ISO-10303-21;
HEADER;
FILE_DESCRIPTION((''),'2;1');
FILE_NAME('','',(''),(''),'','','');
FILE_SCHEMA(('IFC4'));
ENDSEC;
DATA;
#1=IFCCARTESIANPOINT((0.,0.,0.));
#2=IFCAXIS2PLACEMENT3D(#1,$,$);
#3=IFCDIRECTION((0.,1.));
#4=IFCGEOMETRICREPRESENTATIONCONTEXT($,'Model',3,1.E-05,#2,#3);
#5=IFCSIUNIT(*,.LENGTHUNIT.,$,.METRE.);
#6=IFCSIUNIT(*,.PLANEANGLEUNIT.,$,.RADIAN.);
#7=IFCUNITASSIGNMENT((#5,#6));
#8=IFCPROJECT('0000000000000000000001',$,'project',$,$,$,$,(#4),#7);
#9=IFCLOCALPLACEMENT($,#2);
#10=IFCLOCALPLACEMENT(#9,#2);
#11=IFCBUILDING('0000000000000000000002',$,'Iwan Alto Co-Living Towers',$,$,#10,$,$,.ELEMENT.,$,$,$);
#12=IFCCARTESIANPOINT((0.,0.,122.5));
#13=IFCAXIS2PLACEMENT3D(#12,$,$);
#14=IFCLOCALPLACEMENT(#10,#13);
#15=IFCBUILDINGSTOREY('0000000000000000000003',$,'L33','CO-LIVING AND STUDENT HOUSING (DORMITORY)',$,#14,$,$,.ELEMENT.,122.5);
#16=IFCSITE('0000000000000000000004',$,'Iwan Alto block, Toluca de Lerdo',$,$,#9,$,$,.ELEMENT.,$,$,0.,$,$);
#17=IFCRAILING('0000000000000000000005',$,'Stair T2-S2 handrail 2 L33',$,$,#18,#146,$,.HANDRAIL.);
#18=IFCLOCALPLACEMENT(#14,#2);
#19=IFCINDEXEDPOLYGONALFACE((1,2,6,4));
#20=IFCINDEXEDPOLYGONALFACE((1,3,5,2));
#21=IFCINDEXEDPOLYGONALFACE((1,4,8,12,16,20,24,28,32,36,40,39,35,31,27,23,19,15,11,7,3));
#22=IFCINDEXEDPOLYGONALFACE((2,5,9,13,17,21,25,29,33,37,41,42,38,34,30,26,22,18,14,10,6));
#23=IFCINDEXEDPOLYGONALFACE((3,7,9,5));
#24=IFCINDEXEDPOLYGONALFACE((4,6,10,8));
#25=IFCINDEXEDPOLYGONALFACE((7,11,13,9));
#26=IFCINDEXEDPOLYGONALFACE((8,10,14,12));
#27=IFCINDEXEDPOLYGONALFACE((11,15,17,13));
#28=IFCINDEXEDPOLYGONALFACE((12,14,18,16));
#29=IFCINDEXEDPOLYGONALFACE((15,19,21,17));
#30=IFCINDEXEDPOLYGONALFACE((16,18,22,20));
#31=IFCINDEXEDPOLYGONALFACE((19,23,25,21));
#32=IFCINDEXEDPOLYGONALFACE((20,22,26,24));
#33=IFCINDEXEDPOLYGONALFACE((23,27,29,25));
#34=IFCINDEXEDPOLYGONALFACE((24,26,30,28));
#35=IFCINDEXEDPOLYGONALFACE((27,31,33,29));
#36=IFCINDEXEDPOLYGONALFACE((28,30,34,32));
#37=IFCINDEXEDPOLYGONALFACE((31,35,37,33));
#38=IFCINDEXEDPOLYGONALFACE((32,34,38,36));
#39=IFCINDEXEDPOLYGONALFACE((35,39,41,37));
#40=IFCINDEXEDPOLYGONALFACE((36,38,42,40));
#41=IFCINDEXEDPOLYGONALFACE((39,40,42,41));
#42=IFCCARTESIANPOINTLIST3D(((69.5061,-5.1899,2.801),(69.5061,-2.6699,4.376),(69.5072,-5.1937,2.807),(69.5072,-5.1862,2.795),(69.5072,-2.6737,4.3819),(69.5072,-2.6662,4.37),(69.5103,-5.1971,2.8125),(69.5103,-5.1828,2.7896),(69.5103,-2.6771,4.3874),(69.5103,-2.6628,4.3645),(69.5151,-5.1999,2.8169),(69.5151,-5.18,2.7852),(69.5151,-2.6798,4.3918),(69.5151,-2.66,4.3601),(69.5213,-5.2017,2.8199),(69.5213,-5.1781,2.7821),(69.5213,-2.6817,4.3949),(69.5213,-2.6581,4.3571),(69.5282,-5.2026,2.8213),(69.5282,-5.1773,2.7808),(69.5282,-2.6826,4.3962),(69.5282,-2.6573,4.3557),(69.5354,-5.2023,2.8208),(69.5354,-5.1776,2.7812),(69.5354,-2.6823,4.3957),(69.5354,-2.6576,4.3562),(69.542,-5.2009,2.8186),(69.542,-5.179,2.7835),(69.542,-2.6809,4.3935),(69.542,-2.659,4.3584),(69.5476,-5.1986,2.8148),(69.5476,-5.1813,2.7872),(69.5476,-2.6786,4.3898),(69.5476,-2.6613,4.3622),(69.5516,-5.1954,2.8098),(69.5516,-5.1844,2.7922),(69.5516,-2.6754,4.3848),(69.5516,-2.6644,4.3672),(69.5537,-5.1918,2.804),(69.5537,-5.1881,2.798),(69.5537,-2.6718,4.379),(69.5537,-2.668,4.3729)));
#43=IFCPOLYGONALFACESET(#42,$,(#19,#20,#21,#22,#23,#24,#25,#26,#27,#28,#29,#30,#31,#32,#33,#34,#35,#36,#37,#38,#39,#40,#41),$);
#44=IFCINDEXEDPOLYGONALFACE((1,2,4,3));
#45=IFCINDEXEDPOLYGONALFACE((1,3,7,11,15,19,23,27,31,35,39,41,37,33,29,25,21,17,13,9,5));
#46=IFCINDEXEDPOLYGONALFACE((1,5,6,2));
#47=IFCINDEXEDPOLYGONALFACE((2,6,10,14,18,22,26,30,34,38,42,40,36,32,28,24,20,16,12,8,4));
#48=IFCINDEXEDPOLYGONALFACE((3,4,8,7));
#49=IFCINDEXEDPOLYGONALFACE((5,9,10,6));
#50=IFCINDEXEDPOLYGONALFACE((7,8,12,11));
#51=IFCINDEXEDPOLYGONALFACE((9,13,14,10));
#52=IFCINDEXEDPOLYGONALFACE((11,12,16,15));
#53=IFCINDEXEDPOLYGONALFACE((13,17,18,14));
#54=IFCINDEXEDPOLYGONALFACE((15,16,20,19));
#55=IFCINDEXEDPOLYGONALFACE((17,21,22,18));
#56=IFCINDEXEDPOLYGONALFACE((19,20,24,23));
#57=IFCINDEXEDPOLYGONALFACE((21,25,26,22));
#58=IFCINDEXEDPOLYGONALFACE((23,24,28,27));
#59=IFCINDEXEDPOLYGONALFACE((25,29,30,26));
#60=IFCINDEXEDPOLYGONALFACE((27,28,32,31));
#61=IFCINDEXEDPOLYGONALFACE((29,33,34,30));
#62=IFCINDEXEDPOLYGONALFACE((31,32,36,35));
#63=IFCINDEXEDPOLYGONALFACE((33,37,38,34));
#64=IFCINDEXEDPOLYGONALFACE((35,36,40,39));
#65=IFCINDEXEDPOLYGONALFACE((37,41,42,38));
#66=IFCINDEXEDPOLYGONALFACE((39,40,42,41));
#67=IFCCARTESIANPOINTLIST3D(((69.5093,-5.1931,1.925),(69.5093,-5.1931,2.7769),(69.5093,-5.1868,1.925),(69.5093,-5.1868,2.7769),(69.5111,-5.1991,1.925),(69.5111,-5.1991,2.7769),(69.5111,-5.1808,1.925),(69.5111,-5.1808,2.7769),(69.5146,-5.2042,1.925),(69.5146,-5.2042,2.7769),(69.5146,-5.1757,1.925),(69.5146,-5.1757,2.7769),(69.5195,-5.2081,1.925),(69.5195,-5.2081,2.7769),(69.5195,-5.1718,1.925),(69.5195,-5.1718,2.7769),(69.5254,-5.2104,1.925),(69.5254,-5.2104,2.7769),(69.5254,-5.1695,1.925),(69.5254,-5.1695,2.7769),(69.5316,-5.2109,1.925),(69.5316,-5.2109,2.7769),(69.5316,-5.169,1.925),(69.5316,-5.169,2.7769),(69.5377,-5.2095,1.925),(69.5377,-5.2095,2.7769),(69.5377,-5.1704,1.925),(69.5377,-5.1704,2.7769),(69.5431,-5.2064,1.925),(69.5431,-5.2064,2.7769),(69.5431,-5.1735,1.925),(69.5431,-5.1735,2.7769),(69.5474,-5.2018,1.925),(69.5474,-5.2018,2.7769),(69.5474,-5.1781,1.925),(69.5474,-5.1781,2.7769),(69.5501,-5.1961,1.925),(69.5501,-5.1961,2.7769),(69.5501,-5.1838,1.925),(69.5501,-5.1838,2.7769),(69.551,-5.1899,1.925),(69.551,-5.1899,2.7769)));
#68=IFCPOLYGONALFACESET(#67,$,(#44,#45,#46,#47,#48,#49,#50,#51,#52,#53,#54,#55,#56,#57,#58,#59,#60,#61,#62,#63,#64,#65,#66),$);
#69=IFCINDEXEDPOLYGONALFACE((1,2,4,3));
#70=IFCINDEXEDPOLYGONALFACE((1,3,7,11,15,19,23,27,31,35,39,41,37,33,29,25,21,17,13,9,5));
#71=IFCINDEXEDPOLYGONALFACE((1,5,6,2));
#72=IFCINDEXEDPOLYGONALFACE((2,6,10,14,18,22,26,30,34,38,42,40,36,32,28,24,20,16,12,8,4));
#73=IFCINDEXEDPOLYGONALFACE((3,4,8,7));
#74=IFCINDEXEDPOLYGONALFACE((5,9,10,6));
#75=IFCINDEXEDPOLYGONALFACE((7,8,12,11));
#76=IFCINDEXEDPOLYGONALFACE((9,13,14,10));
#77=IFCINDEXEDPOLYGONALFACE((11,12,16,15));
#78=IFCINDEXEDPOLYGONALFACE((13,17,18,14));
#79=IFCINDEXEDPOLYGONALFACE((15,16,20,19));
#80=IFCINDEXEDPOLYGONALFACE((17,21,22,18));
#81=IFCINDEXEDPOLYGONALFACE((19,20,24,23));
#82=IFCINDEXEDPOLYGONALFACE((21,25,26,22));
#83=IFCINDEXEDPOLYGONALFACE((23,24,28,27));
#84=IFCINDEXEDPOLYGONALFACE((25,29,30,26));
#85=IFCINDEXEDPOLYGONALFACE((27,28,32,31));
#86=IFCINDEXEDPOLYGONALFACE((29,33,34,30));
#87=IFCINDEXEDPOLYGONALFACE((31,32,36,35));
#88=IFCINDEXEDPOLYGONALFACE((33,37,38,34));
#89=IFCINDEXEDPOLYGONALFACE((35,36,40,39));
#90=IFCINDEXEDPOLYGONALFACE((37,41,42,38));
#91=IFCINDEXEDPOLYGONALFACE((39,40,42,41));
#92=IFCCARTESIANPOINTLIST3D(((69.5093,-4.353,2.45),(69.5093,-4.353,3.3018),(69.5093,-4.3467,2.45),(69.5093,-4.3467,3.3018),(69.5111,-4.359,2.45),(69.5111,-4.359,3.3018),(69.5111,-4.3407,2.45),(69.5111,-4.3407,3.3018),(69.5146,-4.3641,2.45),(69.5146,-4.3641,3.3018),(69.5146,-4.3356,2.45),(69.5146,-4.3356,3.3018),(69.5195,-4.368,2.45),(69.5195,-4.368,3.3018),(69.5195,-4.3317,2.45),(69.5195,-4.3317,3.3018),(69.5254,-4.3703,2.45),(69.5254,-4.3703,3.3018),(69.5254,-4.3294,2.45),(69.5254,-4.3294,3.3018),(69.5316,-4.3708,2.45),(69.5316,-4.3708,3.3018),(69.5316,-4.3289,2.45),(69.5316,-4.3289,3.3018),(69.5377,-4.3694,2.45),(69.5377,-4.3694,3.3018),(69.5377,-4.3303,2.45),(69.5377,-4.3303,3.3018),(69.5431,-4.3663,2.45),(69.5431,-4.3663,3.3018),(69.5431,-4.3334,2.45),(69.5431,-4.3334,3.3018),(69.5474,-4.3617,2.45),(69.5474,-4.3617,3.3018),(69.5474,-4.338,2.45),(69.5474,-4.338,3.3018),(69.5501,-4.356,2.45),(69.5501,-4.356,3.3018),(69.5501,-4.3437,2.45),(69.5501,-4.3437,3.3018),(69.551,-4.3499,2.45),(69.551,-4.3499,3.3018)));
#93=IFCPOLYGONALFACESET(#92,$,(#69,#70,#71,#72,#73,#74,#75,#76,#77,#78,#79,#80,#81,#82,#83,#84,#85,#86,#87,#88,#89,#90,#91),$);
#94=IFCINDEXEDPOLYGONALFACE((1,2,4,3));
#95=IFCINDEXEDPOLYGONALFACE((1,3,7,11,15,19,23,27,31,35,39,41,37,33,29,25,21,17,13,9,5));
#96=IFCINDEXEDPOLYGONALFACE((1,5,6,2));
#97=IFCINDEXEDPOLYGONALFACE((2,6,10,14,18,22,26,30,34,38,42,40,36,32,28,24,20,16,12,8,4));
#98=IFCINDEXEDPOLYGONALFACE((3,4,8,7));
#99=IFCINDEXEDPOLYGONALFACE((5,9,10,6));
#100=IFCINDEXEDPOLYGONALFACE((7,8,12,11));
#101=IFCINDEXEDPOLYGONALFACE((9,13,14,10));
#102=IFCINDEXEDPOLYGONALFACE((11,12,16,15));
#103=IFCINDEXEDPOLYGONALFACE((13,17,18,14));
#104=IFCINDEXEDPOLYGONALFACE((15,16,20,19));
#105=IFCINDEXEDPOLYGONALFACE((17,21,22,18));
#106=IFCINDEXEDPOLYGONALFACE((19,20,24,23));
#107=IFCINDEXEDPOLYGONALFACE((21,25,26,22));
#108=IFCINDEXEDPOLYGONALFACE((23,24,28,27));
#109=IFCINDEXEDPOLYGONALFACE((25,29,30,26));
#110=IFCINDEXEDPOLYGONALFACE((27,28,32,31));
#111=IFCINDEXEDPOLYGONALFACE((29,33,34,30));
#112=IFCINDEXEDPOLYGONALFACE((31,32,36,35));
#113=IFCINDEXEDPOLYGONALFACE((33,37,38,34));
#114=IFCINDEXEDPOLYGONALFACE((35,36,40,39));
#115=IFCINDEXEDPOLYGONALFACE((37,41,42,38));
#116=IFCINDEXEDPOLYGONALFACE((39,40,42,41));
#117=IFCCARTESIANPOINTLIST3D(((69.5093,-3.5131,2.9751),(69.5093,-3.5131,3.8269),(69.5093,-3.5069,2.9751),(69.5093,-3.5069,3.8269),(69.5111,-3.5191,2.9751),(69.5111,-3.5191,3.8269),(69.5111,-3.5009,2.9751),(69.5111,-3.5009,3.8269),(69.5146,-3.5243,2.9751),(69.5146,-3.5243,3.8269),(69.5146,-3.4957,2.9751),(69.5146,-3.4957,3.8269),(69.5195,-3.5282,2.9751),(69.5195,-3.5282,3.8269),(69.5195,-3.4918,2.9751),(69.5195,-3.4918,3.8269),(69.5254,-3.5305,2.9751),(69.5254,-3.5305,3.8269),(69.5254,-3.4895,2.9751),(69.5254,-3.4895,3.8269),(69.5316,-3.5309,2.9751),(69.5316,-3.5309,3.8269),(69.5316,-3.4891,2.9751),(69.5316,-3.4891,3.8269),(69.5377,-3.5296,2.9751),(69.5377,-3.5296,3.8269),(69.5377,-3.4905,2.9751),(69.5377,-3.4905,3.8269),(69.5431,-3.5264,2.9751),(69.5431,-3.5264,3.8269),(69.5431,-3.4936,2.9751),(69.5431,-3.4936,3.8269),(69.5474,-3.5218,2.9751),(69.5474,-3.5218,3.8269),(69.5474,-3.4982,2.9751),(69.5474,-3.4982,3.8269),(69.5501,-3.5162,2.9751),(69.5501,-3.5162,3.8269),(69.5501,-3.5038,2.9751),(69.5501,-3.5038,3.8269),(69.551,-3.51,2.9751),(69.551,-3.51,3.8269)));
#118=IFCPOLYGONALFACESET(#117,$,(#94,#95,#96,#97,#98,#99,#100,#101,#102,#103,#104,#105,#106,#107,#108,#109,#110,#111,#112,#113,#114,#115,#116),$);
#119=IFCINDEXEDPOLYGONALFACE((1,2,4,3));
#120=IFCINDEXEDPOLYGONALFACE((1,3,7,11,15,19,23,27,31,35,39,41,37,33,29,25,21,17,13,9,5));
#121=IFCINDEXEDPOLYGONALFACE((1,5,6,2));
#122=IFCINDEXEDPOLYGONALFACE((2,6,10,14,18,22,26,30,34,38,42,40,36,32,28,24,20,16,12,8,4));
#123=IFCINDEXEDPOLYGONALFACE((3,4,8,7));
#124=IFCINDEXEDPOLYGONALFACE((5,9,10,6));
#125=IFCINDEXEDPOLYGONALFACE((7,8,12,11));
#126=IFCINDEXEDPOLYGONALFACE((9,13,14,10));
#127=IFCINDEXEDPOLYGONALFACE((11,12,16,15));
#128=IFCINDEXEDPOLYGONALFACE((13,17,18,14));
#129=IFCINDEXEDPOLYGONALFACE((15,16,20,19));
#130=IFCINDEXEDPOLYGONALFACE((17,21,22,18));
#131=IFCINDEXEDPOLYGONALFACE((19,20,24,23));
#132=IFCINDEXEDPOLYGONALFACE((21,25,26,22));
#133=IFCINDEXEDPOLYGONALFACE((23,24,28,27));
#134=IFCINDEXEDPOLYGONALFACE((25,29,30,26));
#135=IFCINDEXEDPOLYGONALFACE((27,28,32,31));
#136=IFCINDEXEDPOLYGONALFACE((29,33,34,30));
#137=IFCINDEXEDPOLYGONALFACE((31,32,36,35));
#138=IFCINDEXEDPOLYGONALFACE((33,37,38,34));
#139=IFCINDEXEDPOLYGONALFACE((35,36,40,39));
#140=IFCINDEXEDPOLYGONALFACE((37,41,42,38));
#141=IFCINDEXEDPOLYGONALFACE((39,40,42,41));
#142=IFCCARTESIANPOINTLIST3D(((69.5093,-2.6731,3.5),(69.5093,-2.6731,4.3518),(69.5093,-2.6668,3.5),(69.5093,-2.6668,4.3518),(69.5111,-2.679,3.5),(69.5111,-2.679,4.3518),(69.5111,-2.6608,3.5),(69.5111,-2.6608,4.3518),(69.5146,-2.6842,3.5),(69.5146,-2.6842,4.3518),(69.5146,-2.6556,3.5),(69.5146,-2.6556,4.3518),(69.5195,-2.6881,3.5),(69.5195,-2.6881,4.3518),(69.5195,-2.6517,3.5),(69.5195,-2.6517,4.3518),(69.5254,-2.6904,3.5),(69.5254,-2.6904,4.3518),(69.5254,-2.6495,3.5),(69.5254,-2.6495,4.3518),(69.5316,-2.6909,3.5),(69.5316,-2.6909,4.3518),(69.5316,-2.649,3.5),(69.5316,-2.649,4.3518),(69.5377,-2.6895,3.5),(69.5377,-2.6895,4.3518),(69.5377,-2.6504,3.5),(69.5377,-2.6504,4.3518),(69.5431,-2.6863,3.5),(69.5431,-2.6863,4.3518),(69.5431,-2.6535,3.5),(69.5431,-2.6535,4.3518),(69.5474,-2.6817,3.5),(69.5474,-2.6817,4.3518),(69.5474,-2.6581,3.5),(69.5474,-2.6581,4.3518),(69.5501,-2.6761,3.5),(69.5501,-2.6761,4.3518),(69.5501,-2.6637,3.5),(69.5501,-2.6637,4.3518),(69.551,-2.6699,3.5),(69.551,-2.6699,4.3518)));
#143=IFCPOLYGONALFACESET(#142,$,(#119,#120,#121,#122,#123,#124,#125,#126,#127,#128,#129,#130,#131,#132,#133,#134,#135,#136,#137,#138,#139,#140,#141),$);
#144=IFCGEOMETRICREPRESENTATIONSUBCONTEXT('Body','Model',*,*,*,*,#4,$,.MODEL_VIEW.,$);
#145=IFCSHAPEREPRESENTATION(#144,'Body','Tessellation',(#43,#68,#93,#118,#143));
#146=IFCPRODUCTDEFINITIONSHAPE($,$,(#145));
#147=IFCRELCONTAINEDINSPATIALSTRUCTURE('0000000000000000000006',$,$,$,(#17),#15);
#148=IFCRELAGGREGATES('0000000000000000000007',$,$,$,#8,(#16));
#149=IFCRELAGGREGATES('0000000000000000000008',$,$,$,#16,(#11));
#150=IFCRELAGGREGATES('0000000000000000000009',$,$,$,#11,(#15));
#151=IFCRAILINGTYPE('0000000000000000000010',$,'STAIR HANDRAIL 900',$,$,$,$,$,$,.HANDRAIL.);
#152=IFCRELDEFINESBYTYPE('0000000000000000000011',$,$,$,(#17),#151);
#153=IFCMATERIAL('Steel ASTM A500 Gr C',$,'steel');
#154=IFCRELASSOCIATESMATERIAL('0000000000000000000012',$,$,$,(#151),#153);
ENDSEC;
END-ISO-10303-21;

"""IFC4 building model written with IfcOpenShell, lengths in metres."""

from ifc_helpers import new_model, si_unit, direction, frame, origin, origin_2d, place, context, subcontext, project, spatial, circle, extrude, material, type_object, element, save


model = new_model("IFC4")

# Units and contexts
model_context = context("Model", 3, precision=1e-05, world=origin(), true_north=direction((0.0, 1.0)))
body_context = subcontext(model_context, "Body", "Model", "MODEL_VIEW")
ifc_project = project(units=[si_unit("LENGTHUNIT", "METRE"), si_unit("PLANEANGLEUNIT", "RADIAN")], contexts=[model_context])

# Site, building, storey
site_placement = place(None, origin())
site = spatial("IfcSite", under=ifc_project, at=site_placement, Name="Iwan Alto block, Toluca de Lerdo", CompositionType="ELEMENT", RefElevation=0.0)
building_placement = place(site_placement, origin())
building = spatial("IfcBuilding", under=site, at=building_placement, Name="Iwan Alto Co-Living Towers", CompositionType="ELEMENT")
storey_placement = place(building_placement, frame((0.0, 0.0, 122.5)))
storey = spatial("IfcBuildingStorey", under=building, at=storey_placement, Name="L33", Description="CO-LIVING AND STUDENT HOUSING (DORMITORY)", CompositionType="ELEMENT", Elevation=122.5)

# Railing
ifc_material_1 = material(Name="Steel ASTM A500 Gr C", Category="steel")
railing_type_1 = type_object("IfcRailingType", Name="STAIR HANDRAIL 900", PredefinedType="HANDRAIL", material=ifc_material_1)
railing_1_placement = place(storey_placement, frame((69.53, -5.1899, 1.925)))
element("IfcRailing", 1, at=railing_1_placement, inside=storey, type_object=railing_type_1, Name="Stair T2-S2 handrail 2 L33", PredefinedType="HANDRAIL", context=body_context, shape_type="SweptSolid", body=[
    extrude(circle(Radius=0.0239, at=origin_2d()), frame((0.0, 0.0, 0.876), z_axis=(0.0, 0.848008, 0.529984), x_axis=(-1.0, 0.0, 0.0)), (0.0, 0.0, 1.0), 2.9717),
    extrude(circle(Radius=0.021, at=origin_2d()), origin(), (0.0, 0.0, 1.0), 0.8518),
    extrude(circle(Radius=0.021, at=origin_2d()), frame((0.0, 0.8401, 0.5249)), (0.0, 0.0, 1.0), 0.8518),
    extrude(circle(Radius=0.021, at=origin_2d()), frame((0.0, 1.6799, 1.05)), (0.0, 0.0, 1.0), 0.8518),
    extrude(circle(Radius=0.021, at=origin_2d()), frame((0.0, 2.52, 1.575)), (0.0, 0.0, 1.0), 0.8518),
])

save(model, "model.ifc")
